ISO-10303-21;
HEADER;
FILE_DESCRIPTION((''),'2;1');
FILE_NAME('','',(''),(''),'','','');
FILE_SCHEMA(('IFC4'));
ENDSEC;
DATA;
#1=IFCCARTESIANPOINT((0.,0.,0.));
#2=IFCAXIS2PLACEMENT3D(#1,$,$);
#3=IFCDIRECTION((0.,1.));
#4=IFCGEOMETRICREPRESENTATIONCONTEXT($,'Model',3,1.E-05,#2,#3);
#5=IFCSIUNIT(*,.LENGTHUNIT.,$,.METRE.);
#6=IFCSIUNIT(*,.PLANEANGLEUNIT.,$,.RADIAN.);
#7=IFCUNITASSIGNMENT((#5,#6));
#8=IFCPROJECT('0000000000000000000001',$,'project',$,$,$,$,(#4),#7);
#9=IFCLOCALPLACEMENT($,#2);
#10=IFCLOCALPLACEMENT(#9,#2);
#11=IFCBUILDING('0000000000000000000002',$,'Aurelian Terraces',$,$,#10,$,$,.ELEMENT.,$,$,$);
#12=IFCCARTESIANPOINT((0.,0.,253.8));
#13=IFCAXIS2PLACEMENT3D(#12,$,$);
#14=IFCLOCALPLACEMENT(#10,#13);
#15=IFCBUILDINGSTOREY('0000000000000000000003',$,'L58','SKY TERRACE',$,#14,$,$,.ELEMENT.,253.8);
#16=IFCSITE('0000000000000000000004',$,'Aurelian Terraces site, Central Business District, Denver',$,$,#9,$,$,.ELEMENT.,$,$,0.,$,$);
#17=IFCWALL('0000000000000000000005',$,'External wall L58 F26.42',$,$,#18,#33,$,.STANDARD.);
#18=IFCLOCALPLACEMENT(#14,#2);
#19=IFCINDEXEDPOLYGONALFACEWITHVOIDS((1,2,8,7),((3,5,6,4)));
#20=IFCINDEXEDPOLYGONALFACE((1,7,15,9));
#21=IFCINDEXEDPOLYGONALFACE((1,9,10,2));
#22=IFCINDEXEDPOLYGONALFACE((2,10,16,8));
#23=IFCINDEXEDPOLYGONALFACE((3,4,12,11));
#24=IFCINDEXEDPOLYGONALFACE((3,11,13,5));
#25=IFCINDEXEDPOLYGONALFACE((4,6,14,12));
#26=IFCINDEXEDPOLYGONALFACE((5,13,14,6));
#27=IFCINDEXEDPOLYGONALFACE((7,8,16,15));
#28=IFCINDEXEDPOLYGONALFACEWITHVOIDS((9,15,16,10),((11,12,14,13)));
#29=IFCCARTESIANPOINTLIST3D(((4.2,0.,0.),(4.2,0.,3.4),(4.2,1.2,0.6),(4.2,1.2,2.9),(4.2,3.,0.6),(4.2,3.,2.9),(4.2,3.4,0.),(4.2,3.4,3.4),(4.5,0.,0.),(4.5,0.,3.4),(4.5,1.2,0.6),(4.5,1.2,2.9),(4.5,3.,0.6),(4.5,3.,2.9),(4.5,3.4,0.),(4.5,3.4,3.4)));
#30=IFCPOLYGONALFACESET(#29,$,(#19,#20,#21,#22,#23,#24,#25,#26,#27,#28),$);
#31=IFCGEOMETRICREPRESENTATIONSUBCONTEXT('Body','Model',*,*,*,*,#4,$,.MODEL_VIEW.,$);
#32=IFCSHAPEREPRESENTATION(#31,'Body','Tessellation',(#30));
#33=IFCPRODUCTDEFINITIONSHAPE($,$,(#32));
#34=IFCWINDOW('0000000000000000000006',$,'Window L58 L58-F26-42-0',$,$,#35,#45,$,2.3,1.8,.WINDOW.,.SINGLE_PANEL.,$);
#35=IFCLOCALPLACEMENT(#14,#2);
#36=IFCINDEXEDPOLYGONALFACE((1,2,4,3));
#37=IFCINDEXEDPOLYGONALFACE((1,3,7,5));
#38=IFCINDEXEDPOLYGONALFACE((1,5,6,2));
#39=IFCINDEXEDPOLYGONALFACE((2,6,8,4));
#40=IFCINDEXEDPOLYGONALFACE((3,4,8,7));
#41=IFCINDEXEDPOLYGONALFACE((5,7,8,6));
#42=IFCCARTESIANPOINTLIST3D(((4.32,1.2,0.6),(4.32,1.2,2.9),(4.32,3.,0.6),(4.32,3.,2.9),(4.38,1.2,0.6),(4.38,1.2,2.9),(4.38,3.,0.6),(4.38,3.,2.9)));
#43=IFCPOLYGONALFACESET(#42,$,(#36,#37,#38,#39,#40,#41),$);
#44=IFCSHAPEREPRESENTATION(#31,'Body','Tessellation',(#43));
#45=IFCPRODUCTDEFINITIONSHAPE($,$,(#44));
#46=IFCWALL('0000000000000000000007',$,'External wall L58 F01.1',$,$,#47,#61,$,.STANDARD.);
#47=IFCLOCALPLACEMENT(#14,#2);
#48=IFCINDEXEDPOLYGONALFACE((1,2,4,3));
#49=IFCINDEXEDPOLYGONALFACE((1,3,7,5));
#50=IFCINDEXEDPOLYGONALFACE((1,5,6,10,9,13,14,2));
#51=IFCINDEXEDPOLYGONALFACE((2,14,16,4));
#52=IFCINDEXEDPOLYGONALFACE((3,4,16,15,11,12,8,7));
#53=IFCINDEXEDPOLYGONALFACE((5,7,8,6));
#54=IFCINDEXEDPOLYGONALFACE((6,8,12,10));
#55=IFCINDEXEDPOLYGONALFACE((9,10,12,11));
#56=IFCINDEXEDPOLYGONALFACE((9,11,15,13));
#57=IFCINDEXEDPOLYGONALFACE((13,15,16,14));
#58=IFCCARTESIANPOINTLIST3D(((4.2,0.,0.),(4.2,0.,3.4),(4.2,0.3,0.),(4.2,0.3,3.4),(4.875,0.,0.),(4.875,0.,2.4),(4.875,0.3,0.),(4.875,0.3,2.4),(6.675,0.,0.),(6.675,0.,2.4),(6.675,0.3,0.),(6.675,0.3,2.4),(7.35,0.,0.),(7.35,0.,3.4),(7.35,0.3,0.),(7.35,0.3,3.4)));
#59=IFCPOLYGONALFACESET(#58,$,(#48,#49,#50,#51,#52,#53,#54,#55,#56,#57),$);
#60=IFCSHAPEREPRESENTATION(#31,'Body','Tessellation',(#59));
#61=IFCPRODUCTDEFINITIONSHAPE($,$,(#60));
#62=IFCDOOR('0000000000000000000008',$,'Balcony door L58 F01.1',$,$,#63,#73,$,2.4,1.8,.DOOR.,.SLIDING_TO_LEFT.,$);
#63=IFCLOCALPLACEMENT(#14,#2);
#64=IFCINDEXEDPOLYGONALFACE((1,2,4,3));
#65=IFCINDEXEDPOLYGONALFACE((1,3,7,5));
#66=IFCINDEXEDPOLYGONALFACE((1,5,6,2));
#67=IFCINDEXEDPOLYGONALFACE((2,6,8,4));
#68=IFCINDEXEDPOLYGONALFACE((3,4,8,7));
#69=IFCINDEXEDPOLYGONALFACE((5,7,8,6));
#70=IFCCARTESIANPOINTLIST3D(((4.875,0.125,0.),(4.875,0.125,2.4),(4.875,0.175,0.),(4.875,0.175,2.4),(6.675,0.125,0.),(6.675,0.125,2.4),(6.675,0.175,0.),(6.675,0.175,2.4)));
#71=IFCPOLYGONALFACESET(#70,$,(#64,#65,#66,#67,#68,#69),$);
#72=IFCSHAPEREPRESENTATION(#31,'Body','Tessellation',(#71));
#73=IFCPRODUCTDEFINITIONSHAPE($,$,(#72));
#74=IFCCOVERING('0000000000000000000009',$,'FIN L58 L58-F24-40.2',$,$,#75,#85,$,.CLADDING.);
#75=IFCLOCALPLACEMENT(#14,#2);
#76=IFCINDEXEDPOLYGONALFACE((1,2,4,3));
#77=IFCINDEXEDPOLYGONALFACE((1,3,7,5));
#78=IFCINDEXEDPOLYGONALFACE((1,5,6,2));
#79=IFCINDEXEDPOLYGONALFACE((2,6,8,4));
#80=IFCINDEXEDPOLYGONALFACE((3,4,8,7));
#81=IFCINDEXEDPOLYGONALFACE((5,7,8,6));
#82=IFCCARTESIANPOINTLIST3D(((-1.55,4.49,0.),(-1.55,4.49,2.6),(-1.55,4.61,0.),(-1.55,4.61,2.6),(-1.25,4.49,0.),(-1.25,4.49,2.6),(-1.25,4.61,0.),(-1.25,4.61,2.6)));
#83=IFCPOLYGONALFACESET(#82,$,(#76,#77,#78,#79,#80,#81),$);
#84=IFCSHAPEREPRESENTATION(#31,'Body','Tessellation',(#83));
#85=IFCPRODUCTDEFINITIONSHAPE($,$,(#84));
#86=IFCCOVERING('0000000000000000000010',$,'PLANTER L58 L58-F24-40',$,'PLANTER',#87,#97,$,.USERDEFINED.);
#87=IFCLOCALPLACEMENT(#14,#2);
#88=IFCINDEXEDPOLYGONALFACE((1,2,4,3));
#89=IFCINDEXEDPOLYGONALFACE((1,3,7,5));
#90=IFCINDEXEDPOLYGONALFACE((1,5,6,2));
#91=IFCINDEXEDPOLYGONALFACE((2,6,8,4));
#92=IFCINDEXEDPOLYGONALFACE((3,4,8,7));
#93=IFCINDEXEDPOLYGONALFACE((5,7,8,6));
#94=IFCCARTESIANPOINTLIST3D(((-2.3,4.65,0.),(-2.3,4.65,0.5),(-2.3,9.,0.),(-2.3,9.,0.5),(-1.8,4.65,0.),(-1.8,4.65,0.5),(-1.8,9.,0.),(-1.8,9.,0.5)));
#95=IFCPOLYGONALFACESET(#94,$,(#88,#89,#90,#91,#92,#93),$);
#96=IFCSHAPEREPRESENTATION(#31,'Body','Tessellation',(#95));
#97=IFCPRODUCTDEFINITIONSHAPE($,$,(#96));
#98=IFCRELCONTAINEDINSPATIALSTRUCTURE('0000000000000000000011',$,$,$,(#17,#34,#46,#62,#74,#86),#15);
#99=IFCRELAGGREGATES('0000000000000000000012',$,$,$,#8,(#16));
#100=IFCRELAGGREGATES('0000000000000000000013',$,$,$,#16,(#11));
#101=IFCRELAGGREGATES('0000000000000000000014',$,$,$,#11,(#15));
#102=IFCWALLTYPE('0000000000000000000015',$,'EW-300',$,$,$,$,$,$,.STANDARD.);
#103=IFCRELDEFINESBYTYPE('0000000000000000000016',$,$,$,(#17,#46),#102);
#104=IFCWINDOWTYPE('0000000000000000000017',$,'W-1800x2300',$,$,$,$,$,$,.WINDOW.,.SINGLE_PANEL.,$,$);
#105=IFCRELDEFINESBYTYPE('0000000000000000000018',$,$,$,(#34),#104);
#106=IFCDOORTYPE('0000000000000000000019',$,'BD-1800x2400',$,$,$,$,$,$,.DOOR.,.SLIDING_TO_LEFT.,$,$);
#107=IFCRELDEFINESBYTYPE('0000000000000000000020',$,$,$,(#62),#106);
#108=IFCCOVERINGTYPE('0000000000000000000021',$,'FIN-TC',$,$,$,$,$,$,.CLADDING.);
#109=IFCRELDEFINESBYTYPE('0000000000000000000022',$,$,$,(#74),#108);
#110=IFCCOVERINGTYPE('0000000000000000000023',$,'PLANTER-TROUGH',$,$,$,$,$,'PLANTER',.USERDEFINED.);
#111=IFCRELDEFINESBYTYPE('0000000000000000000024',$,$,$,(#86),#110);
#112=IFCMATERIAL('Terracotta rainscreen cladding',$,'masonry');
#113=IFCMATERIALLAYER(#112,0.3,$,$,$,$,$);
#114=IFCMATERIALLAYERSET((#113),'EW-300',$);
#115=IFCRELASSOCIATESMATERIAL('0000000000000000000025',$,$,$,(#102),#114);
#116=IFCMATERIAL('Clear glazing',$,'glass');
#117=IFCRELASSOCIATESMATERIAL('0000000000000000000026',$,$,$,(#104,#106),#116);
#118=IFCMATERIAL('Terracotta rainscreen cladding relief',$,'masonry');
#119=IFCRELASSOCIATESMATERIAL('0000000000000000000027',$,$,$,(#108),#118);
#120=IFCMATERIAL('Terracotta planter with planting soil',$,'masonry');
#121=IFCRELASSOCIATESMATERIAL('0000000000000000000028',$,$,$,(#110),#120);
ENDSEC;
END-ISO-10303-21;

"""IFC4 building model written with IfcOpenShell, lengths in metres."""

from ifc_helpers import new_model, si_unit, direction, frame, frame_2d, origin, origin_2d, place, context, subcontext, project, spatial, rectangle, extrude, source, transform, mapped, material, layer, layer_set, type_object, element, fill, save


model = new_model("IFC4")

# Units and contexts
model_context = context("Model", 3, precision=1e-05, world=origin(), true_north=direction((0.0, 1.0)))
body_context = subcontext(model_context, "Body", "Model", "MODEL_VIEW")
ifc_project = project(units=[si_unit("LENGTHUNIT", "METRE"), si_unit("PLANEANGLEUNIT", "RADIAN")], contexts=[model_context])

# Site, building, storey
site_placement = place(None, origin())
site = spatial("IfcSite", under=ifc_project, at=site_placement, Name="Aurelian Terraces site, Central Business District, Denver", CompositionType="ELEMENT", RefElevation=0.0)
building_placement = place(site_placement, origin())
building = spatial("IfcBuilding", under=site, at=building_placement, Name="Aurelian Terraces", CompositionType="ELEMENT")
storey_placement = place(building_placement, frame((0.0, 0.0, 253.8)))
storey = spatial("IfcBuildingStorey", under=building, at=storey_placement, Name="L58", Description="SKY TERRACE", CompositionType="ELEMENT", Elevation=253.8)

# Wall, opening, window
ifc_material_1 = material(Name="Terracotta rainscreen cladding", Category="masonry")
ifc_layer_1 = layer(ifc_material_1, 0.3)
ifc_layer_set_1 = layer_set([ifc_layer_1], Name="EW-300")
wall_type_1 = type_object("IfcWallType", Name="EW-300", PredefinedType="STANDARD", material=ifc_layer_set_1)
shared_shape_1 = source(origin(), body_context, "Body", "SweptSolid", [
    extrude(rectangle(XDim=3.4, YDim=0.3, at=frame_2d((1.7, 0.0))), origin(), (0.0, 0.0, 1.0), 3.4),
])
shared_shape_2 = source(origin(), body_context, "Body", "SweptSolid", [
    extrude(rectangle(XDim=1.8, YDim=2.3, at=frame_2d((0.9, 1.15))), frame((0.0, 0.16, 0.0), z_axis=(0.0, -1.0, 0.0), x_axis=(1.0, 0.0, 0.0)), (0.0, 0.0, 1.0), 0.32),
])
ifc_material_2 = material(Name="Clear glazing", Category="glass")
window_type = type_object("IfcWindowType", Name="W-1800x2300", PartitioningType="SINGLE_PANEL", PredefinedType="WINDOW", material=ifc_material_2)
shared_shape_3 = source(origin(), body_context, "Body", "SweptSolid", [
    extrude(rectangle(XDim=1.8, YDim=2.3, at=frame_2d((0.9, 1.15))), frame((0.0, 0.03, 0.0), z_axis=(0.0, -1.0, 0.0), x_axis=(1.0, 0.0, 0.0)), (0.0, 0.0, 1.0), 0.06),
])
wall_1_placement = place(storey_placement, frame((4.35, 3.4, 0.0), z_axis=(0.0, 0.0, 1.0), x_axis=(0.0, -1.0, 0.0)))
wall_1 = element("IfcWall", 1, at=wall_1_placement, inside=storey, type_object=wall_type_1, Name="External wall L58 F26.42", PredefinedType="STANDARD", context=body_context, shape_type="MappedRepresentation", body=[
    mapped(shared_shape_1, transform((0.0, 0.0, 0.0), scale=1.0)),
])
opening_1_placement = place(wall_1_placement, frame((0.4, 0.0, 0.6)))
opening_1 = element("IfcOpeningElement", 2, at=opening_1_placement, cuts=wall_1, PredefinedType="OPENING", context=body_context, shape_type="MappedRepresentation", body=[
    mapped(shared_shape_2, transform((0.0, 0.0, 0.0), scale=1.0)),
])
window_1_placement = place(opening_1_placement, origin())
window_1 = element("IfcWindow", 3, at=window_1_placement, inside=storey, type_object=window_type, Name="Window L58 L58-F26-42-0", OverallHeight=2.3, OverallWidth=1.8, PartitioningType="SINGLE_PANEL", PredefinedType="WINDOW", context=body_context, shape_type="MappedRepresentation", body=[
    mapped(shared_shape_3, transform((0.0, 0.0, 0.0), scale=1.0)),
])
fill(opening_1, window_1)

# Wall, opening, door
shared_shape_4 = source(origin(), body_context, "Body", "SweptSolid", [
    extrude(rectangle(XDim=3.15, YDim=0.3, at=frame_2d((1.575, 0.0))), origin(), (0.0, 0.0, 1.0), 3.4),
])
wall_2_placement = place(storey_placement, frame((4.2, 0.15, 0.0), z_axis=(0.0, 0.0, 1.0), x_axis=(1.0, 0.0, 0.0)))
wall_2 = element("IfcWall", 4, at=wall_2_placement, inside=storey, type_object=wall_type_1, Name="External wall L58 F01.1", PredefinedType="STANDARD", context=body_context, shape_type="MappedRepresentation", body=[
    mapped(shared_shape_4, transform((0.0, 0.0, 0.0), scale=1.0)),
])
shared_shape_5 = source(origin(), body_context, "Body", "SweptSolid", [
    extrude(rectangle(XDim=1.8, YDim=2.4, at=frame_2d((0.9, 1.2))), frame((0.0, 0.16, 0.0), z_axis=(0.0, -1.0, 0.0), x_axis=(1.0, 0.0, 0.0)), (0.0, 0.0, 1.0), 0.32),
])
opening_2_placement = place(wall_2_placement, frame((0.675, 0.0, 0.0)))
opening_2 = element("IfcOpeningElement", 5, at=opening_2_placement, cuts=wall_2, PredefinedType="OPENING", context=body_context, shape_type="MappedRepresentation", body=[
    mapped(shared_shape_5, transform((0.0, 0.0, 0.0), scale=1.0)),
])
door_type_1 = type_object("IfcDoorType", Name="BD-1800x2400", OperationType="SLIDING_TO_LEFT", PredefinedType="DOOR", material=ifc_material_2)
shared_shape_6 = source(origin(), body_context, "Body", "SweptSolid", [
    extrude(rectangle(XDim=1.8, YDim=2.4, at=frame_2d((0.9, 1.2))), frame((0.0, 0.025, 0.0), z_axis=(0.0, -1.0, 0.0), x_axis=(1.0, 0.0, 0.0)), (0.0, 0.0, 1.0), 0.05),
])
door_1_placement = place(opening_2_placement, origin())
door_1 = element("IfcDoor", 6, at=door_1_placement, inside=storey, type_object=door_type_1, Name="Balcony door L58 F01.1", OperationType="SLIDING_TO_LEFT", OverallHeight=2.4, OverallWidth=1.8, PredefinedType="DOOR", context=body_context, shape_type="MappedRepresentation", body=[
    mapped(shared_shape_6, transform((0.0, 0.0, 0.0), scale=1.0)),
])
fill(opening_2, door_1)

# Coverings
ifc_material_3 = material(Name="Terracotta rainscreen cladding relief", Category="masonry")
covering_type_1 = type_object("IfcCoveringType", Name="FIN-TC", PredefinedType="CLADDING", material=ifc_material_3)
shared_shape_7 = source(origin(), body_context, "Body", "SweptSolid", [
    extrude(rectangle(XDim=0.3, YDim=0.12, at=origin_2d()), origin(), (0.0, 0.0, 1.0), 2.6),
])
covering_1_placement = place(storey_placement, frame((-1.4, 4.55, 0.0), z_axis=(0.0, 0.0, 1.0), x_axis=(1.0, 0.0, 0.0)))
element("IfcCovering", 7, at=covering_1_placement, inside=storey, type_object=covering_type_1, Name="FIN L58 L58-F24-40.2", PredefinedType="CLADDING", context=body_context, shape_type="MappedRepresentation", body=[
    mapped(shared_shape_7, transform((0.0, 0.0, 0.0), scale=1.0)),
])
ifc_material_4 = material(Name="Terracotta planter with planting soil", Category="masonry")
covering_type_2 = type_object("IfcCoveringType", Name="PLANTER-TROUGH", ElementType="PLANTER", PredefinedType="USERDEFINED", material=ifc_material_4)
shared_shape_8 = source(origin(), body_context, "Body", "SweptSolid", [
    extrude(rectangle(XDim=0.5, YDim=4.35, at=origin_2d()), origin(), (0.0, 0.0, 1.0), 0.5),
])
covering_2_placement = place(storey_placement, frame((-2.05, 6.825, 0.0), z_axis=(0.0, 0.0, 1.0), x_axis=(1.0, 0.0, 0.0)))
element("IfcCovering", 8, at=covering_2_placement, inside=storey, type_object=covering_type_2, Name="PLANTER L58 L58-F24-40", ObjectType="PLANTER", PredefinedType="USERDEFINED", context=body_context, shape_type="MappedRepresentation", body=[
    mapped(shared_shape_8, transform((0.0, 0.0, 0.0), scale=1.0)),
])

save(model, "model.ifc")
